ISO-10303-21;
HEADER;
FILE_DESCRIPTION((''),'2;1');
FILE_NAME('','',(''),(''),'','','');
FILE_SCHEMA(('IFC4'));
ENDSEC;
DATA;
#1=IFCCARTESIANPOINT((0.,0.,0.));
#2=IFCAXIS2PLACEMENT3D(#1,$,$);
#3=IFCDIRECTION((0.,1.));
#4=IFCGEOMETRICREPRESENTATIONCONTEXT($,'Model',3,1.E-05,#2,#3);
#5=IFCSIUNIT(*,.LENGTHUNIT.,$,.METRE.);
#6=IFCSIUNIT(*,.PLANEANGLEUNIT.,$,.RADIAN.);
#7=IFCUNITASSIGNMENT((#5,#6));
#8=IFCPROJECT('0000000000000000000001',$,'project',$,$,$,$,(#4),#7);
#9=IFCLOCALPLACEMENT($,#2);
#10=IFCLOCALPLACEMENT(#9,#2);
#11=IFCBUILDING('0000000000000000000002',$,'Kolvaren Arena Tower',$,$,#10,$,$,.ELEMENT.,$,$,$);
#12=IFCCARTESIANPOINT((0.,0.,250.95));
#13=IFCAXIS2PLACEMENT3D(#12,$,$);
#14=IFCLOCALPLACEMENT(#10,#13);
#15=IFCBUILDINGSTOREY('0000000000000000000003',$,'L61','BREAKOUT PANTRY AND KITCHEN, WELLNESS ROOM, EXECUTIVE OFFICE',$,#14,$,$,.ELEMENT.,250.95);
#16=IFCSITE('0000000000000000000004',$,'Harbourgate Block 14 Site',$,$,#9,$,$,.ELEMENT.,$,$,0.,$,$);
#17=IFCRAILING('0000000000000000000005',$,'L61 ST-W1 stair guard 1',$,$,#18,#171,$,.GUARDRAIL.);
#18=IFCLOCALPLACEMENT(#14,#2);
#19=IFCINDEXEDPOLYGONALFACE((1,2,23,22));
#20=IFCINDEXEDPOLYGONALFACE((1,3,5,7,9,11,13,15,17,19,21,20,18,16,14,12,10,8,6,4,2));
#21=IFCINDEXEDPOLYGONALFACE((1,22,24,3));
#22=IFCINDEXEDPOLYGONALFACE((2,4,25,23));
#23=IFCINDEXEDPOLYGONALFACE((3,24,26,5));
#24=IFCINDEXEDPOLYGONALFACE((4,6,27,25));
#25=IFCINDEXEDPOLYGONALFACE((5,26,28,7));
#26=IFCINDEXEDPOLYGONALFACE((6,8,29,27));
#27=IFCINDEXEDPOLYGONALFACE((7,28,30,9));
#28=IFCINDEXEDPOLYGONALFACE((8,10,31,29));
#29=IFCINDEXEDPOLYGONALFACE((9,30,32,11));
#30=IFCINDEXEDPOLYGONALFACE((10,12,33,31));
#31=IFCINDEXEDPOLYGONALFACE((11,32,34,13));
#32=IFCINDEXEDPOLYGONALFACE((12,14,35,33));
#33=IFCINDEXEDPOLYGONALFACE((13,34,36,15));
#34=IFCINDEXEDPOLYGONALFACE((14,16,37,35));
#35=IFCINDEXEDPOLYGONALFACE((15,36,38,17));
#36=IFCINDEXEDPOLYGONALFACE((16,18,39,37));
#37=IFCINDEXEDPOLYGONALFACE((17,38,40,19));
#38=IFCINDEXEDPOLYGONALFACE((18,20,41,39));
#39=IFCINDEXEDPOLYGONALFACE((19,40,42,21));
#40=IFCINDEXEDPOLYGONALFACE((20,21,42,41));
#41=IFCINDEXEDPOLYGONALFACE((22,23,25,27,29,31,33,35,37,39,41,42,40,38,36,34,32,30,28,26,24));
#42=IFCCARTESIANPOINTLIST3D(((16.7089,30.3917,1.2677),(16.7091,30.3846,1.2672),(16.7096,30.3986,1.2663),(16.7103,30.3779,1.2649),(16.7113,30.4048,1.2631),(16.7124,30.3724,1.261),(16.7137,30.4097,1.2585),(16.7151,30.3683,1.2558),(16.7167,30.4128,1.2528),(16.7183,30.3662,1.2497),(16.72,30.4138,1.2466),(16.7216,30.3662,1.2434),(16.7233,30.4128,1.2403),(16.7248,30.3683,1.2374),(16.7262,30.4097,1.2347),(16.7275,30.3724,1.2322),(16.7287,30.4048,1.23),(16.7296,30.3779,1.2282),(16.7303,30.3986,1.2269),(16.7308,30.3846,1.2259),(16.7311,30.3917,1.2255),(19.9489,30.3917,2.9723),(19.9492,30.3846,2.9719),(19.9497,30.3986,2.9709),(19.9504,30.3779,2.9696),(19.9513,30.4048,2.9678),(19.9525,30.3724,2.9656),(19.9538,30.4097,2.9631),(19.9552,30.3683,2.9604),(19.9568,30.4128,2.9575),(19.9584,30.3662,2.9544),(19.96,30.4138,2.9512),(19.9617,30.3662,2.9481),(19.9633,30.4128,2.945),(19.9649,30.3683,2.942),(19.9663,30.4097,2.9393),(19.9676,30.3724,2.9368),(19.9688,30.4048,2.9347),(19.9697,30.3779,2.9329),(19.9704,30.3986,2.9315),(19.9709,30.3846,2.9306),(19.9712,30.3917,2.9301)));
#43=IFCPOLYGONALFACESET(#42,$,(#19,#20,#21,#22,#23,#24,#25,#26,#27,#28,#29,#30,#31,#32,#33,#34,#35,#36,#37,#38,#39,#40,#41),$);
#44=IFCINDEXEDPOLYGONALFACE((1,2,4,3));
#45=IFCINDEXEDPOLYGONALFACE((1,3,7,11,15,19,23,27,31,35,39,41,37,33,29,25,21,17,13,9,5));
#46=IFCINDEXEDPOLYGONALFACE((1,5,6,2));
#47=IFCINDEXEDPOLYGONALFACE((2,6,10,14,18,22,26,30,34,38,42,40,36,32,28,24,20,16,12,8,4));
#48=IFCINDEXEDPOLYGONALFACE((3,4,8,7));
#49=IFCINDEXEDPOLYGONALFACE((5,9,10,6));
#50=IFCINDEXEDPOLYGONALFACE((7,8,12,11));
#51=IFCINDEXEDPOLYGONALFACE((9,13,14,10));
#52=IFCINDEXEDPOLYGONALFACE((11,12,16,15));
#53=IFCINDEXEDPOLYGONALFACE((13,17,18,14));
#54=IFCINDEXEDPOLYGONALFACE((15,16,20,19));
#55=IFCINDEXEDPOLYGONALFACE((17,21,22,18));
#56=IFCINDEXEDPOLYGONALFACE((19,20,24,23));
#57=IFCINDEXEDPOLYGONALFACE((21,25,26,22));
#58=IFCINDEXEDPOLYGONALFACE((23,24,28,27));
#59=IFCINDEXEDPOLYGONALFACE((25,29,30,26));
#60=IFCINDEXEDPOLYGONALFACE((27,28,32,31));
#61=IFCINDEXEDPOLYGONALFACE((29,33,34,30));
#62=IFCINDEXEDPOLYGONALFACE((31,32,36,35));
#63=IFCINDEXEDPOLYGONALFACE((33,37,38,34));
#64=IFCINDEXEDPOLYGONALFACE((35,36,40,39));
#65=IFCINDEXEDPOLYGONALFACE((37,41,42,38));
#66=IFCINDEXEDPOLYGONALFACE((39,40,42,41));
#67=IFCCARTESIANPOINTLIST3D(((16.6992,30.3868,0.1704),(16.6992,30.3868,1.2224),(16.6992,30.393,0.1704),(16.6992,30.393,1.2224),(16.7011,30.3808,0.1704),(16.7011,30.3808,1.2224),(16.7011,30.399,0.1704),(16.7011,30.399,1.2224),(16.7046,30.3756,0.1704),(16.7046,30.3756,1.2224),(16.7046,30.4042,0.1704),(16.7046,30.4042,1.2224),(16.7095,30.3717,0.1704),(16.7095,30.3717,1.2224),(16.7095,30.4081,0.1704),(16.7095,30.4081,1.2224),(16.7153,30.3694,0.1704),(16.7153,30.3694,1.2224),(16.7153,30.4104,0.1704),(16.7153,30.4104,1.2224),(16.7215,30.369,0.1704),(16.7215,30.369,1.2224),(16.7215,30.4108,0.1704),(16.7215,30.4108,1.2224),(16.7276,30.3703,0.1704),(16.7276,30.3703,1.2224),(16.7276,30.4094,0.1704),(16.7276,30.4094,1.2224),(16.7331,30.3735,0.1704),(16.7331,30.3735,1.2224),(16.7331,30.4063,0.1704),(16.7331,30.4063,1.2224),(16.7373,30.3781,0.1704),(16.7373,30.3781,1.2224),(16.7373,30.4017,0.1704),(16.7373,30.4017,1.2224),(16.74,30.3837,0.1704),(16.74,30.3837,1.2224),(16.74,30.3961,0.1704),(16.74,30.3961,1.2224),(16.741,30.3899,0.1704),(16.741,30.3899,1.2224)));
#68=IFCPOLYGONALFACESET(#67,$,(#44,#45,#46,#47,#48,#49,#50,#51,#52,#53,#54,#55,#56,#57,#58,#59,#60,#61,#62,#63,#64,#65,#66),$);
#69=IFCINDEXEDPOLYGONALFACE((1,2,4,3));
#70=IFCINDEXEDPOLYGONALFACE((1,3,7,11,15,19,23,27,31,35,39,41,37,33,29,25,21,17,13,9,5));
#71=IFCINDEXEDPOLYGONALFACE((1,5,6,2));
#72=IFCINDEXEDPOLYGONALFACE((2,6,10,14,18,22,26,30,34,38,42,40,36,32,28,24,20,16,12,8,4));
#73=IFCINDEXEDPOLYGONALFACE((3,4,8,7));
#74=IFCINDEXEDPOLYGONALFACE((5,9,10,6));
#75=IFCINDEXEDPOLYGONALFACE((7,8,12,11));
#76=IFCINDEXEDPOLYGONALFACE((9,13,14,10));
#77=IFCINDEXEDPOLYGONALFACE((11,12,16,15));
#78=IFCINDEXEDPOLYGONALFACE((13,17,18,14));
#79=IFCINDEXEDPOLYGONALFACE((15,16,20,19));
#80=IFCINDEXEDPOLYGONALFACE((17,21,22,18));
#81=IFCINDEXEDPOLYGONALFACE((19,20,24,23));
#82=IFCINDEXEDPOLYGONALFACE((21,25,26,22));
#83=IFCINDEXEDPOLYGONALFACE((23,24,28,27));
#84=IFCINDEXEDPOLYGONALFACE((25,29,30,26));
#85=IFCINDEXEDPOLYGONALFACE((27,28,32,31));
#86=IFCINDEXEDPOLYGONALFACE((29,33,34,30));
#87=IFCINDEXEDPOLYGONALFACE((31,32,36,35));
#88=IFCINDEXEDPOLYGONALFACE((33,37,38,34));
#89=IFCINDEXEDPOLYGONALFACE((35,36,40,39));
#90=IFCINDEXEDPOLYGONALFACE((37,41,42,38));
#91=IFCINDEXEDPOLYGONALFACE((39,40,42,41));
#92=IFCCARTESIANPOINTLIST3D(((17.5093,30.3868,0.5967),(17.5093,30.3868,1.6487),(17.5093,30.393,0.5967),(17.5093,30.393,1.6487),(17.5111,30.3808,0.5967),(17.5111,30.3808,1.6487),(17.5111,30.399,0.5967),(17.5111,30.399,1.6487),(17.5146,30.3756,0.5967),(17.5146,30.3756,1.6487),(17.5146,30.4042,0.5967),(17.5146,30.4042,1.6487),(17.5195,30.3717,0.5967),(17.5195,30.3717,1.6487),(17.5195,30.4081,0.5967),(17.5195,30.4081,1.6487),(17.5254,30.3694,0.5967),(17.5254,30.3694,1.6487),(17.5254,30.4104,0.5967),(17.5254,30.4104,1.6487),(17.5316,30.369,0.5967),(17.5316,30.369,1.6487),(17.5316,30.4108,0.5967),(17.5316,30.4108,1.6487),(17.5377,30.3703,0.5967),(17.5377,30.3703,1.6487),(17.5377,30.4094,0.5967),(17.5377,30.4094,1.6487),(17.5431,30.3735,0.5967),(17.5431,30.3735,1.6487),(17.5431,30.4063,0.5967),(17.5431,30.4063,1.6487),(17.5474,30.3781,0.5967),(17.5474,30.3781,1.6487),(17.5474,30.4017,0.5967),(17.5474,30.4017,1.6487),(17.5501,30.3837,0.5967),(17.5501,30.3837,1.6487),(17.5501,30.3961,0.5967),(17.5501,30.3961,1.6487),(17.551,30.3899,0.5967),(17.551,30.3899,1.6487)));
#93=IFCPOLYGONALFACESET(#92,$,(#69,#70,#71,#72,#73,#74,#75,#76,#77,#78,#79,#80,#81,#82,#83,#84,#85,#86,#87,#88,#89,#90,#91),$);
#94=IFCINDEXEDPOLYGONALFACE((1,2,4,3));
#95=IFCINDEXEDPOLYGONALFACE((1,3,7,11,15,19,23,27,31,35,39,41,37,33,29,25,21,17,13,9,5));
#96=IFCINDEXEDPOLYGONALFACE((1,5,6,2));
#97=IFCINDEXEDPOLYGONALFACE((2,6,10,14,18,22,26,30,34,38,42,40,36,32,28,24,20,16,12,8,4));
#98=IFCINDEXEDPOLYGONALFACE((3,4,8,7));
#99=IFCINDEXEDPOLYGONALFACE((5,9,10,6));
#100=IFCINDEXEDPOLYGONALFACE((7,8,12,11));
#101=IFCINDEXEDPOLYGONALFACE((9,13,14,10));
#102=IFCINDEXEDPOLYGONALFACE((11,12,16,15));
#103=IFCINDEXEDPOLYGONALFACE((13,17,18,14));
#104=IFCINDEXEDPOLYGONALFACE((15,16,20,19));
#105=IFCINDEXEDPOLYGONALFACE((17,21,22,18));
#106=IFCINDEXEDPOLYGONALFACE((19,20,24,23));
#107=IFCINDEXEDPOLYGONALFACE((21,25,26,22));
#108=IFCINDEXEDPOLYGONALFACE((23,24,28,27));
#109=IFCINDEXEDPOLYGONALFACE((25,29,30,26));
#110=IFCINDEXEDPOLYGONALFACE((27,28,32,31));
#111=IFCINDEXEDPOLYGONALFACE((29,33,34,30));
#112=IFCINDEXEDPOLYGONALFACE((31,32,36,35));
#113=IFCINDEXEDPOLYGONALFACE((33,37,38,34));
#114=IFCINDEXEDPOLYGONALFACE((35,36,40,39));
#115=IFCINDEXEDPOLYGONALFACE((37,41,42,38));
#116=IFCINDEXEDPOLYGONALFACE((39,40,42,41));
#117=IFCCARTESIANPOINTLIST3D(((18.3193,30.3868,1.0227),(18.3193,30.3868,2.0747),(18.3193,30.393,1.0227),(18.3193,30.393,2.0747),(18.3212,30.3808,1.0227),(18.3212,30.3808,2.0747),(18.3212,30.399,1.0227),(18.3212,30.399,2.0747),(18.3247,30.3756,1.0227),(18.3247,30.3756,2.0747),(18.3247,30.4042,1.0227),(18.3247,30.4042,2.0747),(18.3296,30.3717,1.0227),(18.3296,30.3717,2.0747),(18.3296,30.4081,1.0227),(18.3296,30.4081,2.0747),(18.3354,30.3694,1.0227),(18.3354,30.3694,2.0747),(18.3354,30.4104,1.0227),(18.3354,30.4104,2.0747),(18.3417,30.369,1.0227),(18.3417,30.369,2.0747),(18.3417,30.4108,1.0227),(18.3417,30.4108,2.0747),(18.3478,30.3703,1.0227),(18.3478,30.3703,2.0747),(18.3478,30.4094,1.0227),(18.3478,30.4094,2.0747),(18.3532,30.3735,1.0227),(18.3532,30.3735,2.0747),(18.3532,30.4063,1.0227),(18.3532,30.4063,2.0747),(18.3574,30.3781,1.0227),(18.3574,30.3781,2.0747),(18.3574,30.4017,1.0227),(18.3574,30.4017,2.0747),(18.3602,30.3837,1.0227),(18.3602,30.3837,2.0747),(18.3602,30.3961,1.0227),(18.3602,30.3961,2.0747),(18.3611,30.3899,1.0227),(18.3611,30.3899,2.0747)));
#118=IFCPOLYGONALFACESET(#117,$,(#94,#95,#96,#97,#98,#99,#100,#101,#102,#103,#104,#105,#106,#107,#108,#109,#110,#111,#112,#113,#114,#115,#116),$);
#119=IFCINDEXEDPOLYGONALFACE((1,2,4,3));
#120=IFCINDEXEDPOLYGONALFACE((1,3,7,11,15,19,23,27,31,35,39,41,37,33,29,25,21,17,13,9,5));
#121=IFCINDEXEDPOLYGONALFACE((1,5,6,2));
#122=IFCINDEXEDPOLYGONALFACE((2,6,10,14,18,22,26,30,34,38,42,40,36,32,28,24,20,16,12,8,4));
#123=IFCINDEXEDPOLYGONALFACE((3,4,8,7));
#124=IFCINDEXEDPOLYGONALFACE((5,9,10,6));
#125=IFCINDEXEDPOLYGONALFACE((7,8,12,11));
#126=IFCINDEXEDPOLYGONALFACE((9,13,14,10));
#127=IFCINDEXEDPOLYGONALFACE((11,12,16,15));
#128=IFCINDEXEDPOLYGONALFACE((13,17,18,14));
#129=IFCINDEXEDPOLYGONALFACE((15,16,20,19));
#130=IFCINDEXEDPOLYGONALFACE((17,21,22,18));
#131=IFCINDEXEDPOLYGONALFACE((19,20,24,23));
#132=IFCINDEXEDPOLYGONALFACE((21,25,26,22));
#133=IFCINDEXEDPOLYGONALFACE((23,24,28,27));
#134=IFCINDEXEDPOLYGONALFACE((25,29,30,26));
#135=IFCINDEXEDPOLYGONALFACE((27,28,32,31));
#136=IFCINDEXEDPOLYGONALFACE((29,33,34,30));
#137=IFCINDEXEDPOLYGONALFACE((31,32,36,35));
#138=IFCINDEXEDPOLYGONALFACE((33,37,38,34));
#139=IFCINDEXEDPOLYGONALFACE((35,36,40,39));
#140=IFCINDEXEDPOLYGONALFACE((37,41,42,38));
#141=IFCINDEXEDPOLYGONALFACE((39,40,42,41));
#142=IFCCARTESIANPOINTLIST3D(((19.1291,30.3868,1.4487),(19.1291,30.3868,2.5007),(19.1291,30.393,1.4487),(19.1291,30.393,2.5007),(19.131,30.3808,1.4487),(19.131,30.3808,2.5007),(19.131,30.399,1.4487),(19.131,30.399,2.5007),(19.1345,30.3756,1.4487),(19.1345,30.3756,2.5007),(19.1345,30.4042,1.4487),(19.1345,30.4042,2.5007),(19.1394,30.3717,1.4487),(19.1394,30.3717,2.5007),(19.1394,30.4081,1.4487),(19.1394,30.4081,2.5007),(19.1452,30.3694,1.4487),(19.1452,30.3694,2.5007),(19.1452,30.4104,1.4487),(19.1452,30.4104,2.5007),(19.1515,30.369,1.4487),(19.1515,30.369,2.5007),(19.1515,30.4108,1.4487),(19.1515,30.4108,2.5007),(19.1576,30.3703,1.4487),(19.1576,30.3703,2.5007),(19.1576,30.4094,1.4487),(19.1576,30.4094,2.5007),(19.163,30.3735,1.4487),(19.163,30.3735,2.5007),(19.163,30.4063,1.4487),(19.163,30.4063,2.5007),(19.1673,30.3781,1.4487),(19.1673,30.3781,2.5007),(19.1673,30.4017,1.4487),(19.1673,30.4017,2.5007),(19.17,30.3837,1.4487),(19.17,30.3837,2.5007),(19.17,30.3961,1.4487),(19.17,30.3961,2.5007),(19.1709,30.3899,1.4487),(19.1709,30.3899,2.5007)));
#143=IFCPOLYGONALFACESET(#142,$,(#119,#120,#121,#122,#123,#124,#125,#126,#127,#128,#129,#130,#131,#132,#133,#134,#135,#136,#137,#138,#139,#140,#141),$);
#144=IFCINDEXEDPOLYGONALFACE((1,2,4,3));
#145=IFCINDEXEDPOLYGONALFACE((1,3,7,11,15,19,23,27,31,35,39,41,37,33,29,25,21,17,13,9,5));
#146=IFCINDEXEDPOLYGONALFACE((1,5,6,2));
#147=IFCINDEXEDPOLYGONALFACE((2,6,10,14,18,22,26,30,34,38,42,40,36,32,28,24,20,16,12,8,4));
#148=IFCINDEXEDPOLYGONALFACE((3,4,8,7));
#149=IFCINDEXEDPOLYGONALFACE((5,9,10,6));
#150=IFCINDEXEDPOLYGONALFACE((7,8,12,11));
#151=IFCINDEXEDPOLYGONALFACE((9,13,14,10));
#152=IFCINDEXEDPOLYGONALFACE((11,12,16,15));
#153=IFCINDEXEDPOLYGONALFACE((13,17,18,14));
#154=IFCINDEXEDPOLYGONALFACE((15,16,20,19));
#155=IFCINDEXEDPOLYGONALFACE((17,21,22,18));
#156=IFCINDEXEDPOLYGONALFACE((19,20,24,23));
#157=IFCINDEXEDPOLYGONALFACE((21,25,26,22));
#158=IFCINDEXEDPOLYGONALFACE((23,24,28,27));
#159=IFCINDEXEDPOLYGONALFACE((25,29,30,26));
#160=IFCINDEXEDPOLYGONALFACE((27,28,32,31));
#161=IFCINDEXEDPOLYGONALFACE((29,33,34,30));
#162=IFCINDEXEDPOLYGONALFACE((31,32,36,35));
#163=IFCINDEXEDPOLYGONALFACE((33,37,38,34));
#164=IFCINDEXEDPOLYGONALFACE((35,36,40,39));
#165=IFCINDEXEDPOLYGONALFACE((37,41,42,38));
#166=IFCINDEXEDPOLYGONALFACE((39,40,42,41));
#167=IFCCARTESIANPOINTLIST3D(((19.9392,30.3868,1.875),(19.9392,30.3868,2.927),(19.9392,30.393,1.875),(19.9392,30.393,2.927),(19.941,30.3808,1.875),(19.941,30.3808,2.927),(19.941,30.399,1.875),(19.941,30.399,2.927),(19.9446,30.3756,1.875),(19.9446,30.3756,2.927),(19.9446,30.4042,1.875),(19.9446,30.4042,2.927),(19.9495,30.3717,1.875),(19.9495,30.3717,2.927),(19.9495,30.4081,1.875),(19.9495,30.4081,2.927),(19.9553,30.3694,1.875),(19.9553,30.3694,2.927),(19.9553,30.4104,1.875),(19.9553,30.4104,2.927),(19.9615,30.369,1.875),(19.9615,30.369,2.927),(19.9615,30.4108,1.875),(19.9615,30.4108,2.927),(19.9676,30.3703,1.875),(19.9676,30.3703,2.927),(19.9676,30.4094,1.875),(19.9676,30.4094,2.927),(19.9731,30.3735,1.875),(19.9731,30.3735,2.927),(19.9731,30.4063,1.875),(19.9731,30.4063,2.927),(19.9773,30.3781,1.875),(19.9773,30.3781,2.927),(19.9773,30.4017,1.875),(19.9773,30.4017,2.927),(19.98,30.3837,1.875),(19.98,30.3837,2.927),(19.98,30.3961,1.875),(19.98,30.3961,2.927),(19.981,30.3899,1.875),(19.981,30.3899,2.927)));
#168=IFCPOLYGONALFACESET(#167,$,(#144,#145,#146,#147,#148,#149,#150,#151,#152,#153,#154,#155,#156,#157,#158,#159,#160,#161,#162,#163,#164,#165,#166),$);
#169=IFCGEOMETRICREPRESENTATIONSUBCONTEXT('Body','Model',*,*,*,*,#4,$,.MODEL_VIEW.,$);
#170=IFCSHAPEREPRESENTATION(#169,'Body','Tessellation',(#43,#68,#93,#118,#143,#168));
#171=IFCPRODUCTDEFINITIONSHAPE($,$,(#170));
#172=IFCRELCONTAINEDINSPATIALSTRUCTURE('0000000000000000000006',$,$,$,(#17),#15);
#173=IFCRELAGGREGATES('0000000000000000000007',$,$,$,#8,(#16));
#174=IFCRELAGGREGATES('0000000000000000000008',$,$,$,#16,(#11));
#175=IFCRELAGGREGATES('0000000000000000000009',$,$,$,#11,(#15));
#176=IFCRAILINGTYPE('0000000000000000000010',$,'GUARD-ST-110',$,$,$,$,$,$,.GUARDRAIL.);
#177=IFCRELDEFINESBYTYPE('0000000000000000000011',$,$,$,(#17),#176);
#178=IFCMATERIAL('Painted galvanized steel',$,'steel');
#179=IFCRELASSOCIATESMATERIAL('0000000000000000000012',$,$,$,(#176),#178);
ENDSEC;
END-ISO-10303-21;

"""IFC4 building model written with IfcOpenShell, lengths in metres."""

from ifc_helpers import new_model, si_unit, direction, frame, origin, origin_2d, place, context, subcontext, project, spatial, circle, extrude, material, type_object, element, save


model = new_model("IFC4")

# Units and contexts
model_context = context("Model", 3, precision=1e-05, world=origin(), true_north=direction((0.0, 1.0)))
body_context = subcontext(model_context, "Body", "Model", "MODEL_VIEW")
ifc_project = project(units=[si_unit("LENGTHUNIT", "METRE"), si_unit("PLANEANGLEUNIT", "RADIAN")], contexts=[model_context])

# Site, building, storey
site_placement = place(None, origin())
site = spatial("IfcSite", under=ifc_project, at=site_placement, Name="Harbourgate Block 14 Site", CompositionType="ELEMENT", RefElevation=0.0)
building_placement = place(site_placement, origin())
building = spatial("IfcBuilding", under=site, at=building_placement, Name="Kolvaren Arena Tower", CompositionType="ELEMENT")
storey_placement = place(building_placement, frame((0.0, 0.0, 250.95)))
storey = spatial("IfcBuildingStorey", under=building, at=storey_placement, Name="L61", Description="BREAKOUT PANTRY AND KITCHEN, WELLNESS ROOM, EXECUTIVE OFFICE", CompositionType="ELEMENT", Elevation=250.95)

# Railing
ifc_material_1 = material(Name="Painted galvanized steel", Category="steel")
railing_type_1 = type_object("IfcRailingType", Name="GUARD-ST-110", PredefinedType="GUARDRAIL", material=ifc_material_1)
railing_1_placement = place(storey_placement, frame((16.72, 30.3899, 0.1704)))
element("IfcRailing", 1, at=railing_1_placement, inside=storey, type_object=railing_type_1, Name="L61 ST-W1 stair guard 1", PredefinedType="GUARDRAIL", context=body_context, shape_type="SweptSolid", body=[
    extrude(circle(Radius=0.0239, at=origin_2d()), frame((0.0, 0.0, 1.0762), z_axis=(0.884993, 0.0, 0.465604), x_axis=(0.0, 1.0, 0.0)), (0.0, 0.0, 1.0), 3.6611),
    extrude(circle(Radius=0.021, at=origin_2d()), origin(), (0.0, 0.0, 1.0), 1.052),
    extrude(circle(Radius=0.021, at=origin_2d()), frame((0.8101, 0.0, 0.4263)), (0.0, 0.0, 1.0), 1.052),
    extrude(circle(Radius=0.021, at=origin_2d()), frame((1.6201, 0.0, 0.8523)), (0.0, 0.0, 1.0), 1.052),
    extrude(circle(Radius=0.021, at=origin_2d()), frame((2.4299, 0.0, 1.2783)), (0.0, 0.0, 1.0), 1.052),
    extrude(circle(Radius=0.021, at=origin_2d()), frame((3.24, 0.0, 1.7046)), (0.0, 0.0, 1.0), 1.052),
])

save(model, "model.ifc")
